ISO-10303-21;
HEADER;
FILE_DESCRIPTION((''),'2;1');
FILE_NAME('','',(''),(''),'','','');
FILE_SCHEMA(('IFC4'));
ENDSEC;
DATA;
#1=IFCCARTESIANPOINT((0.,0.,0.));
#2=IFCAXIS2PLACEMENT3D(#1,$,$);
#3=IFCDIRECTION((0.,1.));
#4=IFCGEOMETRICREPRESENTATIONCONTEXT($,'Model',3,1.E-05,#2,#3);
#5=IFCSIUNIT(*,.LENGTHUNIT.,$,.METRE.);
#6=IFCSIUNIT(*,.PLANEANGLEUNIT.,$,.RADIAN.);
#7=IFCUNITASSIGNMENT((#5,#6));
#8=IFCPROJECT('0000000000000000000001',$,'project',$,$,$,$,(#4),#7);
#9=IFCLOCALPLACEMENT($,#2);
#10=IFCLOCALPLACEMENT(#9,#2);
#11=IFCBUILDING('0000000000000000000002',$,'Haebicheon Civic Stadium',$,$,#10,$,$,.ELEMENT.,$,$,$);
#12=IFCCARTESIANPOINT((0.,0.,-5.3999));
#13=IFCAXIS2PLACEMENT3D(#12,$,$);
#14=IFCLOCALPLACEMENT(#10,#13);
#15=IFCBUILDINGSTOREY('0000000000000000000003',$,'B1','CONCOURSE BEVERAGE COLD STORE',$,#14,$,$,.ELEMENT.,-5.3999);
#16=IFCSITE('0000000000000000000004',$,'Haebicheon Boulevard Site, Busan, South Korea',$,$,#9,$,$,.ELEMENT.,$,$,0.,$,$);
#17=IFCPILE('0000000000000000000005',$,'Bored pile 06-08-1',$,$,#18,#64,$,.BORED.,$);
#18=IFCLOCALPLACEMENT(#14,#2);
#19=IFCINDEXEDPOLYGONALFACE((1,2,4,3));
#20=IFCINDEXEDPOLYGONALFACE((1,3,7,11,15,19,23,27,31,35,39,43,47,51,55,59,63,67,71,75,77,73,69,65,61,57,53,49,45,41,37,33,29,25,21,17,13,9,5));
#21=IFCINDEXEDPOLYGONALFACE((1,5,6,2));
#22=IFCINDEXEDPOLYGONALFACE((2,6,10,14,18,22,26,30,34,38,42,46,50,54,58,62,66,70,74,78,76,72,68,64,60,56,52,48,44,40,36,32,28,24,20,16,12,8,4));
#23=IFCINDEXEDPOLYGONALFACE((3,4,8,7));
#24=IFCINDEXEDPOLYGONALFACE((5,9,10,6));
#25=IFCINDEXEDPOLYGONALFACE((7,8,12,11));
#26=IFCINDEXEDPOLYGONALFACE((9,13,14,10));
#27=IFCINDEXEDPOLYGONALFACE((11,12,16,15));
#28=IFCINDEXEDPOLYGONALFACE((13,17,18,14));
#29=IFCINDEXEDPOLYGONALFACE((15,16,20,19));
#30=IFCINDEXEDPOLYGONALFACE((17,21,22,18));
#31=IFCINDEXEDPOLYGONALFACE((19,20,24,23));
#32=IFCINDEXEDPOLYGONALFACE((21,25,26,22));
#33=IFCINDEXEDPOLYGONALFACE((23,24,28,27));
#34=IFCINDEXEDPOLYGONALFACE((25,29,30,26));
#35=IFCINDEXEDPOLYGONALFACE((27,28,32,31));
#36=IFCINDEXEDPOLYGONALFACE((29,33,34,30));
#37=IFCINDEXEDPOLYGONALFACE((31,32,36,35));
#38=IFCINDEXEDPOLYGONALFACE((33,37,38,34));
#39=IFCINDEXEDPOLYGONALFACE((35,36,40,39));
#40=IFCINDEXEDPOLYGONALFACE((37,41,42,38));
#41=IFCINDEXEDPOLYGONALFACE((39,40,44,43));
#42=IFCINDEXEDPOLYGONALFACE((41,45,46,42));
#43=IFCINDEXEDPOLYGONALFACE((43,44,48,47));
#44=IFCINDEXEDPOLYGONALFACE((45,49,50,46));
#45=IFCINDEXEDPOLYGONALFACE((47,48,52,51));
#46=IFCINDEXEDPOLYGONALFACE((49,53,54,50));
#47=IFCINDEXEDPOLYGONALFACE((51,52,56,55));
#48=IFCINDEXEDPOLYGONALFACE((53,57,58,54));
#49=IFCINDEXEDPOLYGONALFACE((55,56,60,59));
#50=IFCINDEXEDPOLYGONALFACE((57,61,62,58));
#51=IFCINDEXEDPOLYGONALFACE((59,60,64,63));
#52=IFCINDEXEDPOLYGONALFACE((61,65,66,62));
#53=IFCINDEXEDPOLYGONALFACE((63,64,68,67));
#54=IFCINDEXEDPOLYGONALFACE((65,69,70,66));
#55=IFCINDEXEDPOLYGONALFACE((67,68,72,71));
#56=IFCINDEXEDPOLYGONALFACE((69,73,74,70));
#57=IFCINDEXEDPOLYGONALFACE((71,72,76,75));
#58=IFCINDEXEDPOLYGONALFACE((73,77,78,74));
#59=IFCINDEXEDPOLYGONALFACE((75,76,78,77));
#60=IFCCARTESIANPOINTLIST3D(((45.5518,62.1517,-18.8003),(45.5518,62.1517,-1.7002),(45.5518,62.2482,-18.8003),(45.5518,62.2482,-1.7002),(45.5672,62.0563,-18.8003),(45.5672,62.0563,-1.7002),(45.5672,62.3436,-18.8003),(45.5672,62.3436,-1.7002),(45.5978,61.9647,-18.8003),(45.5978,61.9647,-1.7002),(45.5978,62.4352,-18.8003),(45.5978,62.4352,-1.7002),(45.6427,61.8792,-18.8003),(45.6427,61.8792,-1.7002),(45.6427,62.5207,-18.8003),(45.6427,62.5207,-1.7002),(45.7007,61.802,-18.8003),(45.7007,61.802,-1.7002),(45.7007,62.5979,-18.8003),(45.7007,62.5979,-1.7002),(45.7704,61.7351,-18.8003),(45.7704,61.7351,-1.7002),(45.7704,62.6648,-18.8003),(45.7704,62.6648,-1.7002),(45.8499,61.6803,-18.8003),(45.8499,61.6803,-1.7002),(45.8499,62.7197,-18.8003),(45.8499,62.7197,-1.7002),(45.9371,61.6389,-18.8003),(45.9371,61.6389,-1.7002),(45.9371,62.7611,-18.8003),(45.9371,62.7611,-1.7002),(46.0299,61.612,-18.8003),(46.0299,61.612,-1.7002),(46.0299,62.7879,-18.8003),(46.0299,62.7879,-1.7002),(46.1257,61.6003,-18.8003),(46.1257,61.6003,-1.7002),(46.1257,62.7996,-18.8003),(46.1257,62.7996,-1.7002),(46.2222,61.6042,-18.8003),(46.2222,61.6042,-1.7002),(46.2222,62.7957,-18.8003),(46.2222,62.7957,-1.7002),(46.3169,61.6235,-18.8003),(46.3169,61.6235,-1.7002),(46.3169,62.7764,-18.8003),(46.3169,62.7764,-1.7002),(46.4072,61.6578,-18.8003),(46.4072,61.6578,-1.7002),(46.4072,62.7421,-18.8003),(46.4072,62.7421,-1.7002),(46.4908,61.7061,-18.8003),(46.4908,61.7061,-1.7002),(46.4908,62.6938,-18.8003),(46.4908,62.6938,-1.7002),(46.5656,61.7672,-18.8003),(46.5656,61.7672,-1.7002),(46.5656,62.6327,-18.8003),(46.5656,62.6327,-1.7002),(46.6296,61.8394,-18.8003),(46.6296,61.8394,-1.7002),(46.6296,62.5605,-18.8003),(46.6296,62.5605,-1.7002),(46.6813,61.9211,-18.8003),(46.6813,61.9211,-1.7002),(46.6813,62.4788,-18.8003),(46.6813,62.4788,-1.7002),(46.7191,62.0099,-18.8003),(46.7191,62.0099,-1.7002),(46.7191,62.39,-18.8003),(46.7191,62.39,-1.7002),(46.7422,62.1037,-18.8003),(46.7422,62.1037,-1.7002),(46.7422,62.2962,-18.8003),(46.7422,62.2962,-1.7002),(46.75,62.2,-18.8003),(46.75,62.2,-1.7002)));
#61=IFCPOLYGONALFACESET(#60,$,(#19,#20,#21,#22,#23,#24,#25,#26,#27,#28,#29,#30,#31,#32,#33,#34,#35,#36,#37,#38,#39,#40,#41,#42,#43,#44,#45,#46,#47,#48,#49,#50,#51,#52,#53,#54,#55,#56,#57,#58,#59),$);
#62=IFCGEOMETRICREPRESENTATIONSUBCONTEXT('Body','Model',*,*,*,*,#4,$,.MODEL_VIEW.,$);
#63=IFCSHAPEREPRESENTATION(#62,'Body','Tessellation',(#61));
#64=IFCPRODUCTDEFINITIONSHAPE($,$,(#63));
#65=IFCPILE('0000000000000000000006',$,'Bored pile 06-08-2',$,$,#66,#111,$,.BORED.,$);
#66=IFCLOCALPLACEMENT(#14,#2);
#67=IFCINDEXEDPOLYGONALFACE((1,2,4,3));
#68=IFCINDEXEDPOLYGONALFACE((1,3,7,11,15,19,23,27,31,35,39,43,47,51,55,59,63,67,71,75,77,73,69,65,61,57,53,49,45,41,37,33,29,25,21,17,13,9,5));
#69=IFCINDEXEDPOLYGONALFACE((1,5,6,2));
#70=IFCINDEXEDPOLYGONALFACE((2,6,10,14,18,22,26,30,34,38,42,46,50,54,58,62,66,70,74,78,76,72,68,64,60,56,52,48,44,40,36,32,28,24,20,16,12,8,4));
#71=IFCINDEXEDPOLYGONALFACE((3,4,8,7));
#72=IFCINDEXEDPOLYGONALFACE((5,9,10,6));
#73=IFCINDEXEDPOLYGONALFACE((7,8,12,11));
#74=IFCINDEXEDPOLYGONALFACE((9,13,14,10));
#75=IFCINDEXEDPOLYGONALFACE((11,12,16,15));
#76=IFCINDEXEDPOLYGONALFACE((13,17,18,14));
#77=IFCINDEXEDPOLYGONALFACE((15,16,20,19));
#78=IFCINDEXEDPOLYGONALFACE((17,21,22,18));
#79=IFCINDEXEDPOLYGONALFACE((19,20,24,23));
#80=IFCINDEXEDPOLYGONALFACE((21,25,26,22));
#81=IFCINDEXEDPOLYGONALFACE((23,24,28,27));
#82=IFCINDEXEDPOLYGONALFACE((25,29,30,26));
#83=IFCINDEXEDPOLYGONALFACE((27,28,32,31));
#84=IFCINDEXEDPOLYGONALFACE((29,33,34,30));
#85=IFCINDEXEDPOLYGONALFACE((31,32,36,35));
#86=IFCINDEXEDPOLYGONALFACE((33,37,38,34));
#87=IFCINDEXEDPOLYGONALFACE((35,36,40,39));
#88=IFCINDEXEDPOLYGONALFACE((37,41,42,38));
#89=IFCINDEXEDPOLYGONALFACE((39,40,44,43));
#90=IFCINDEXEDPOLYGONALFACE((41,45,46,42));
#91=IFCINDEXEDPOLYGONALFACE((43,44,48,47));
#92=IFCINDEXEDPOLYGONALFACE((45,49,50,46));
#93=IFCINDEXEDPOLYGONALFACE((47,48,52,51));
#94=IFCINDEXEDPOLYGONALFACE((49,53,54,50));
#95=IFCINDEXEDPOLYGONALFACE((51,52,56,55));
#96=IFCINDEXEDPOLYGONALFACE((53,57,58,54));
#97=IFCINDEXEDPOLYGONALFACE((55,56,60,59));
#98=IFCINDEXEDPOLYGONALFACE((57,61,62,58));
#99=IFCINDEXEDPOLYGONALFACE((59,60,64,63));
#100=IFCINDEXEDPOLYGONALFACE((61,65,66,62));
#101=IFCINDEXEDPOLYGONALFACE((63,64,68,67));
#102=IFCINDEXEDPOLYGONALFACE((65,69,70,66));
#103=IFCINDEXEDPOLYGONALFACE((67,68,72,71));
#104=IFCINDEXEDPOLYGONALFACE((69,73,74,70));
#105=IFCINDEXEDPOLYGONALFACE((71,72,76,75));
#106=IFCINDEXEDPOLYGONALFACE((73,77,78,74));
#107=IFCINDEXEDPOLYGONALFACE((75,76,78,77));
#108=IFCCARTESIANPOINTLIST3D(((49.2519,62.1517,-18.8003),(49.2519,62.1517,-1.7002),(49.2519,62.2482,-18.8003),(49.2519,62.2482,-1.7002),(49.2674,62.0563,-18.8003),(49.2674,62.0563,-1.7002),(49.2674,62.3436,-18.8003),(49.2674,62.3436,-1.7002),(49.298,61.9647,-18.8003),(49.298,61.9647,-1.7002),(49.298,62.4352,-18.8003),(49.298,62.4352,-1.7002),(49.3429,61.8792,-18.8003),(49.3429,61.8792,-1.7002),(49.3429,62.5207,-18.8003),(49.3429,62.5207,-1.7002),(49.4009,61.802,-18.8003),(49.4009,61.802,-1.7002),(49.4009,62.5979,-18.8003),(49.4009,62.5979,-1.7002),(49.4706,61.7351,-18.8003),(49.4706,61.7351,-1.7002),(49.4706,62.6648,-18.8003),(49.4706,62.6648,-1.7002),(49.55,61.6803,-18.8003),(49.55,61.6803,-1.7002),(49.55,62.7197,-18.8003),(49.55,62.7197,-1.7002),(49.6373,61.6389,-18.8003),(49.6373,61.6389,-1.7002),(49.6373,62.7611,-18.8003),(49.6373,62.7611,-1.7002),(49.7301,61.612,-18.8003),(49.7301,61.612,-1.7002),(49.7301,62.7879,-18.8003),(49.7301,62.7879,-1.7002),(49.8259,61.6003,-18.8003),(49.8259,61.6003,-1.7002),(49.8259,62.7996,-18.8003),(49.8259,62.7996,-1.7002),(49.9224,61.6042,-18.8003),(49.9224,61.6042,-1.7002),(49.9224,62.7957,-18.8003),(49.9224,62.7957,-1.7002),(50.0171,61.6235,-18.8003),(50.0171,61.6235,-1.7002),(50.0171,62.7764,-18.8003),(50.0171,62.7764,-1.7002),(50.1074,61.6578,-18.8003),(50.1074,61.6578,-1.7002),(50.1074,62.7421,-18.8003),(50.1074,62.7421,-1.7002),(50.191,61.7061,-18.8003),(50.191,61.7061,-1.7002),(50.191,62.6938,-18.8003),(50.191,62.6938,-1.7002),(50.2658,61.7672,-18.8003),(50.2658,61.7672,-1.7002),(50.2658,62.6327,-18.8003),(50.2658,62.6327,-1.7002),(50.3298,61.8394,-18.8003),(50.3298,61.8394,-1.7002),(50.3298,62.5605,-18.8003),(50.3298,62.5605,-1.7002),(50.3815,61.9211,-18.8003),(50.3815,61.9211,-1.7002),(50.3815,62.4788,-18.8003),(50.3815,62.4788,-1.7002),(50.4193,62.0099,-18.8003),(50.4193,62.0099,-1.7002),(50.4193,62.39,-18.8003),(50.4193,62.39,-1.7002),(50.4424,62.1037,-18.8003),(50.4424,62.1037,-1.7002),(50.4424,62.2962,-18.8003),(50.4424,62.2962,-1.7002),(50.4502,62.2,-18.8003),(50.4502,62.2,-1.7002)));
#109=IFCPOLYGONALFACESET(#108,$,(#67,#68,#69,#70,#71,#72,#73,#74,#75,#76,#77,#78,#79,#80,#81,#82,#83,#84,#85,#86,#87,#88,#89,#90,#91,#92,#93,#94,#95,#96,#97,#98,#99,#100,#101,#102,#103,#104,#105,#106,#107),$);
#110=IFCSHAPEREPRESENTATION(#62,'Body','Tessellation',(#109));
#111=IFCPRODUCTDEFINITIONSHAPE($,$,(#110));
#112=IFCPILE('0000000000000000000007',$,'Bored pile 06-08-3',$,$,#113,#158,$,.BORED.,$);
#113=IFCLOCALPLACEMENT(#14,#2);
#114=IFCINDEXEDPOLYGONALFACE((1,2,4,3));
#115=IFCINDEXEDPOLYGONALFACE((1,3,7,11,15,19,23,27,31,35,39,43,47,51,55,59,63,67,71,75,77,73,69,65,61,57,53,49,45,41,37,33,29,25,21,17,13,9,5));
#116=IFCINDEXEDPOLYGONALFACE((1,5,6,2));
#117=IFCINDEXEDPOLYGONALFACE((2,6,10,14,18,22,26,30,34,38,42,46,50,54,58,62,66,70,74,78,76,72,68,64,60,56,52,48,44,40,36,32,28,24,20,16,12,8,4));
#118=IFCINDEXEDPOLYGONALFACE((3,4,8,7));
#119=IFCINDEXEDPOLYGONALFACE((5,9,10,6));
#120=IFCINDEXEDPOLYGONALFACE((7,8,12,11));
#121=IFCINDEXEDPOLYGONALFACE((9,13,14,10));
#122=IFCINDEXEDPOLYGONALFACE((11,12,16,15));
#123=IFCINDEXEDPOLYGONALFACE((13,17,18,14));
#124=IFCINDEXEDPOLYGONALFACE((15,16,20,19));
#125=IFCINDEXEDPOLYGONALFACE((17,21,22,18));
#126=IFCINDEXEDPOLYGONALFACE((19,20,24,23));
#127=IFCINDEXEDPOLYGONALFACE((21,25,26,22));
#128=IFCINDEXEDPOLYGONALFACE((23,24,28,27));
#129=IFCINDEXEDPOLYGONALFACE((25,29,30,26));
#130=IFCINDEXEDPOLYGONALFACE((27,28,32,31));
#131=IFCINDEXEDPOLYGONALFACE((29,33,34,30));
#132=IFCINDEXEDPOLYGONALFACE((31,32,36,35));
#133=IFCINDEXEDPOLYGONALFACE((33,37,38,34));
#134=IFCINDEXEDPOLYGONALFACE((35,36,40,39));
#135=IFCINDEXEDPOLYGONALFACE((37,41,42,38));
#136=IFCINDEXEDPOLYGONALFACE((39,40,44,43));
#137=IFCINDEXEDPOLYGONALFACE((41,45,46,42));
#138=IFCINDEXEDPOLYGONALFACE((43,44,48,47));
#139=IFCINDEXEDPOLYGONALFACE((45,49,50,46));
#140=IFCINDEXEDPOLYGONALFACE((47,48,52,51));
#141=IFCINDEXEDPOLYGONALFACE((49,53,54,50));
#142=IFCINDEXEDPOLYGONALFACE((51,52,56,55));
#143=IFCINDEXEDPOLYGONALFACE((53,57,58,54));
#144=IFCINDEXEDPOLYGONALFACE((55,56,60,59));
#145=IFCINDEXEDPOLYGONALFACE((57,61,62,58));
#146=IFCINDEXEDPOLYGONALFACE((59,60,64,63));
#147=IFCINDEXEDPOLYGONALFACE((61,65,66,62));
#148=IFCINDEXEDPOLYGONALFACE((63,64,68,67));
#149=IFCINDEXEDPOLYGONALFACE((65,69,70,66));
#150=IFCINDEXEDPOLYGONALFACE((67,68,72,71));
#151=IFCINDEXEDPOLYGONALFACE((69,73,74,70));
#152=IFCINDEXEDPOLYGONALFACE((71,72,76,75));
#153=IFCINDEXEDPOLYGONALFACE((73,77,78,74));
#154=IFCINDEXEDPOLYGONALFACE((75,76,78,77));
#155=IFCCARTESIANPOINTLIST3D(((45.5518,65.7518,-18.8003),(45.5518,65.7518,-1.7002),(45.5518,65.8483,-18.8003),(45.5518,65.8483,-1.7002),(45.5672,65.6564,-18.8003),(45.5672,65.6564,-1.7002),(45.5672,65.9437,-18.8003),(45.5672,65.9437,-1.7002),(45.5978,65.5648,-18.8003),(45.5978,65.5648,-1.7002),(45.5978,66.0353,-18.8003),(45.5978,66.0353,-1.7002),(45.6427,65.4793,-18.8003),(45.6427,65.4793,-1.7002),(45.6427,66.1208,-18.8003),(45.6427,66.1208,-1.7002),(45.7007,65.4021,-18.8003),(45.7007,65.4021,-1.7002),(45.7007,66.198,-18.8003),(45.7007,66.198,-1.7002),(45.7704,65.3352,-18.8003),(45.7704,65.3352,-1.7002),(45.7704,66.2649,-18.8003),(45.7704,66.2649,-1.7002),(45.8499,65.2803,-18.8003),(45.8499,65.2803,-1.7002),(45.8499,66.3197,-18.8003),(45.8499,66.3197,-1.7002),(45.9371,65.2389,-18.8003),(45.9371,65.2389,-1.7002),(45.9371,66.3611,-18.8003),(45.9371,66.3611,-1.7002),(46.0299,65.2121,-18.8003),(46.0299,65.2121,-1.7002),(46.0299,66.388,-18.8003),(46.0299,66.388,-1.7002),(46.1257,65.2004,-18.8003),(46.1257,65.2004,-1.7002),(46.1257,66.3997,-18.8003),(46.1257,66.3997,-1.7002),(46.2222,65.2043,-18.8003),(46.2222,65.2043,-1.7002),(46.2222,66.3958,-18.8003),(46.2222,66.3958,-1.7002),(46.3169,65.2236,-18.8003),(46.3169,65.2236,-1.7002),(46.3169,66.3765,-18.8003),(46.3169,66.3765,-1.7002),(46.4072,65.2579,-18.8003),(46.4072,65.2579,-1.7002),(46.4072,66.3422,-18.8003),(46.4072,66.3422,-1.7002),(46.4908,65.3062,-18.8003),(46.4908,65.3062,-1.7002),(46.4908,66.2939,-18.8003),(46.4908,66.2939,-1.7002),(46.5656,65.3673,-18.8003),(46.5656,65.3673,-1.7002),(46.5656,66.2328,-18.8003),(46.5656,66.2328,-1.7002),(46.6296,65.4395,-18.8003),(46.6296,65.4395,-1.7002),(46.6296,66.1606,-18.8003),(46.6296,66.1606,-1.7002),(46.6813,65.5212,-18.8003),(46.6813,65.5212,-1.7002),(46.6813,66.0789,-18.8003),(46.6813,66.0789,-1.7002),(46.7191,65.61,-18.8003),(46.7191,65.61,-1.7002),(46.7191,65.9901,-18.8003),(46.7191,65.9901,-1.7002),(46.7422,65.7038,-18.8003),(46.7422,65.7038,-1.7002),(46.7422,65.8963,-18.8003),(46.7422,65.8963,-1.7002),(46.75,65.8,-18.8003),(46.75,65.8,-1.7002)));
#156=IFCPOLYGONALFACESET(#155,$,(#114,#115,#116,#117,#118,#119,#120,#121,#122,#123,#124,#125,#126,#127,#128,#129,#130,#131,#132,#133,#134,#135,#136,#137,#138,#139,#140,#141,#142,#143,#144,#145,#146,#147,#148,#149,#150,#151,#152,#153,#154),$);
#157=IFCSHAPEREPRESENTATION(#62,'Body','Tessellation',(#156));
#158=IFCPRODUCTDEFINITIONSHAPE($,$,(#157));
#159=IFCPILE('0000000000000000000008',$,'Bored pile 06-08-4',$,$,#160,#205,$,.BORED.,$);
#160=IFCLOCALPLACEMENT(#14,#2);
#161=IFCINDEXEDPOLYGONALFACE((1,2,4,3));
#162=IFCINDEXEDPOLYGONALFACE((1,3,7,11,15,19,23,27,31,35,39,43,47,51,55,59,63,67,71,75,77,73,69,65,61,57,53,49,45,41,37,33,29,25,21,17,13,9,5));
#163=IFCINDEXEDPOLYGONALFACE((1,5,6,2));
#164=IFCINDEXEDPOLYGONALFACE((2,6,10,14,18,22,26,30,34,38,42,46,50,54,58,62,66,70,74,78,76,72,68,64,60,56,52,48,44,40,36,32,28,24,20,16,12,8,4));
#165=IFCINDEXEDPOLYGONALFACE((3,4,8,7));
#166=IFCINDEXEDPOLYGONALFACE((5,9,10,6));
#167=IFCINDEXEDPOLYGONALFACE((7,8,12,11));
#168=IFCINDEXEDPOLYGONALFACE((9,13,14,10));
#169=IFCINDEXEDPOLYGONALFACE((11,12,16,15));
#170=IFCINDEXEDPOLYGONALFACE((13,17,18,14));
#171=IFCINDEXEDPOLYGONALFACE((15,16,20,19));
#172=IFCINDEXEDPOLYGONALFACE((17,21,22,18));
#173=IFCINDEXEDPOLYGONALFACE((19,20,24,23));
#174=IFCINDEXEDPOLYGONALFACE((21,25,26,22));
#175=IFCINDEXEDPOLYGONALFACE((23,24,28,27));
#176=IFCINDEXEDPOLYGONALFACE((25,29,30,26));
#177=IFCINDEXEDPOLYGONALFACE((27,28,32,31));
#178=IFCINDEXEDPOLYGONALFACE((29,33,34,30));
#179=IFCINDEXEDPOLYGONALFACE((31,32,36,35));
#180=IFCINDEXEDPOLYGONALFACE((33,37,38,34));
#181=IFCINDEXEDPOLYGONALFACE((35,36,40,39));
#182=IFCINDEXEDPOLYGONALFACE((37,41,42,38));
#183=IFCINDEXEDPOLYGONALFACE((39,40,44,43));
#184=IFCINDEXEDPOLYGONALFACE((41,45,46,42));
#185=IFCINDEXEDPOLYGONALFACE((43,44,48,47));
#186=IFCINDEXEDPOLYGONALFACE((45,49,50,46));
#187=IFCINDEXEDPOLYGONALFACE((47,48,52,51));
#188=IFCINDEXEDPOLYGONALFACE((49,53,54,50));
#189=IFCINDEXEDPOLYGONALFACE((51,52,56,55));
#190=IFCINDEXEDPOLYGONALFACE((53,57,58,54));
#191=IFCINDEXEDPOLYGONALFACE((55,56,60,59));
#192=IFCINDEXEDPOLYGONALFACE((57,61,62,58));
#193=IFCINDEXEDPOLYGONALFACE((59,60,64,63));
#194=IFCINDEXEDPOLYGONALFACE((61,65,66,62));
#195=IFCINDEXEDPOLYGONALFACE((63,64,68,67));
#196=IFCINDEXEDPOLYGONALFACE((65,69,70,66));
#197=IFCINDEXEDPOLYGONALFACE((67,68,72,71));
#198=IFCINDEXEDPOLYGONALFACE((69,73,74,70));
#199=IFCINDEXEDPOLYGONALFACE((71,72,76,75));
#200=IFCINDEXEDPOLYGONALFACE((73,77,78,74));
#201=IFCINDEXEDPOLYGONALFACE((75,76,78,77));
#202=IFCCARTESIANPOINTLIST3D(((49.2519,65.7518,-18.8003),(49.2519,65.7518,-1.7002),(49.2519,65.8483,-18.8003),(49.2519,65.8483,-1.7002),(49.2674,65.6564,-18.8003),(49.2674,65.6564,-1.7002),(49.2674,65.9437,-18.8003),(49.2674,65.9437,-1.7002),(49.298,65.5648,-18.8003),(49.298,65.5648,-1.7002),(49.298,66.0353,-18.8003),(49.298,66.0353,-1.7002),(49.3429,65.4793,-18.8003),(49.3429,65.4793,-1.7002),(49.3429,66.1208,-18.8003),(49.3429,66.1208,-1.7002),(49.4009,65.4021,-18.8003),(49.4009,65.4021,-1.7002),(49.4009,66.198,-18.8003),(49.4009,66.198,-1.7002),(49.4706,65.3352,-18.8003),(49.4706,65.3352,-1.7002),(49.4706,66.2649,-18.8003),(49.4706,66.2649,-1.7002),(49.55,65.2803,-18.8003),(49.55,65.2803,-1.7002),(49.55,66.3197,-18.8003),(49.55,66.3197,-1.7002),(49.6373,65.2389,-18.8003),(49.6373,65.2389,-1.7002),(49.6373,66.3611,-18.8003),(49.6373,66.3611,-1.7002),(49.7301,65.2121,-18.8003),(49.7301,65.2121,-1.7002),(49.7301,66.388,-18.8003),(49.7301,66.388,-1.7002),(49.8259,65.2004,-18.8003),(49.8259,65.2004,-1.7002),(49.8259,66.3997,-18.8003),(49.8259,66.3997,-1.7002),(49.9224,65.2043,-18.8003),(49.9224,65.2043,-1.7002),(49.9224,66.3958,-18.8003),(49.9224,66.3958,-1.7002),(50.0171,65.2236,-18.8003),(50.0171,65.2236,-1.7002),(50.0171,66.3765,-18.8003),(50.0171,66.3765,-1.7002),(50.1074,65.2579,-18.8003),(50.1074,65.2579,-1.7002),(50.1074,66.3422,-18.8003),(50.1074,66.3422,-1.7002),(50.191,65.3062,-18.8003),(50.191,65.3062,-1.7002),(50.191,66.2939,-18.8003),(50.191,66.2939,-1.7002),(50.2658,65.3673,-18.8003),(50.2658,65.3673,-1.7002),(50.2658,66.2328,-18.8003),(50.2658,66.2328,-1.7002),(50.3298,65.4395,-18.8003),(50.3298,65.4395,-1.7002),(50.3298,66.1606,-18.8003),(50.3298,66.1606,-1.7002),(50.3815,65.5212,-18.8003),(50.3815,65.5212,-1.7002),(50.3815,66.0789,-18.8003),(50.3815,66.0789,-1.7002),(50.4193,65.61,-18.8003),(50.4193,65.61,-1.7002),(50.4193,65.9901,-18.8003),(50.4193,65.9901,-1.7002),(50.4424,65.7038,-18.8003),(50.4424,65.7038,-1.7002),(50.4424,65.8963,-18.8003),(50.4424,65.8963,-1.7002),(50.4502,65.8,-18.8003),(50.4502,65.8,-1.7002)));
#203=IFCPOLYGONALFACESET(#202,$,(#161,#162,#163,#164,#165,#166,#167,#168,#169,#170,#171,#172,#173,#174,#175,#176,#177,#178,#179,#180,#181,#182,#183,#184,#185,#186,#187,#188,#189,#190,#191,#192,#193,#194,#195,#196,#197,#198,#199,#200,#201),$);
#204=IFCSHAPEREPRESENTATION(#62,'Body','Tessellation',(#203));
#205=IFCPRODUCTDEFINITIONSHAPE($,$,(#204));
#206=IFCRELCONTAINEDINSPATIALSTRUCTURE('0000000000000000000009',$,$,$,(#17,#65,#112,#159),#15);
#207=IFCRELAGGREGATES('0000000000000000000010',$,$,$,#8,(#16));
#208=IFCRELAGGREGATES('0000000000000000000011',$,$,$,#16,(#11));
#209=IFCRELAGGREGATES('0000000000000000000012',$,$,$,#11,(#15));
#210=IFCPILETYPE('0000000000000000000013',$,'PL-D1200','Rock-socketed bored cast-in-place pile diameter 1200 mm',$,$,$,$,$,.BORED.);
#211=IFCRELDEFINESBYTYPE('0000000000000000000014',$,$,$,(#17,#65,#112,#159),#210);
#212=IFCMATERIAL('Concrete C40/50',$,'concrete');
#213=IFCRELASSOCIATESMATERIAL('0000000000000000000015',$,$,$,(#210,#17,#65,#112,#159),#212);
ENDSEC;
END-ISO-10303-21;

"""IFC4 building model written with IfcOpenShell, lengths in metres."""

from ifc_helpers import new_model, si_unit, direction, frame, origin, origin_2d, place, context, subcontext, project, spatial, circle, extrude, material, material_profile, profile_set, type_object, element, save


model = new_model("IFC4")

# Units and contexts
model_context = context("Model", 3, precision=1e-05, world=origin(), true_north=direction((0.0, 1.0)))
body_context = subcontext(model_context, "Body", "Model", "MODEL_VIEW")
ifc_project = project(units=[si_unit("LENGTHUNIT", "METRE"), si_unit("PLANEANGLEUNIT", "RADIAN")], contexts=[model_context])

# Site, building, storey
site_placement = place(None, origin())
site = spatial("IfcSite", under=ifc_project, at=site_placement, Name="Haebicheon Boulevard Site, Busan, South Korea", CompositionType="ELEMENT", RefElevation=0.0)
building_placement = place(site_placement, origin())
building = spatial("IfcBuilding", under=site, at=building_placement, Name="Haebicheon Civic Stadium", CompositionType="ELEMENT")
storey_placement = place(building_placement, frame((0.0, 0.0, -5.3999)))
storey = spatial("IfcBuildingStorey", under=building, at=storey_placement, Name="B1", Description="CONCOURSE BEVERAGE COLD STORE", CompositionType="ELEMENT", Elevation=-5.3999)

# Piles
ifc_material_1 = material(Name="Concrete C40/50", Category="concrete")
ifc_material_profile_1 = material_profile(ifc_material_1, circle(Radius=0.6001, at=origin_2d()), Name="PILE-D1200")
ifc_profile_set_1 = profile_set([ifc_material_profile_1], Name="Concrete C40/50")
pile_type = type_object("IfcPileType", Name="PL-D1200", Description="Rock-socketed bored cast-in-place pile diameter 1200 mm", PredefinedType="BORED", material=ifc_profile_set_1)
for number, where, z_axis, x_axis, name in (
    (1, (46.1499, 62.2, -1.7002), (0.0, 0.0, -1.0), (1.0, 0.0, 0.0), "Bored pile 06-08-1"),
    (2, (49.8501, 62.2, -1.7002), (0.0, 0.0, -1.0), (1.0, 0.0, 0.0), "Bored pile 06-08-2"),
    (3, (46.1499, 65.8, -1.7002), (0.0, 0.0, -1.0), (1.0, 0.0, 0.0), "Bored pile 06-08-3"),
    (4, (49.8501, 65.8, -1.7002), (0.0, 0.0, -1.0), (1.0, 0.0, 0.0), "Bored pile 06-08-4"),
):
    element("IfcPile", number, at=place(storey_placement, frame(where, z_axis=z_axis, x_axis=x_axis)), inside=storey, type_object=pile_type, material=ifc_profile_set_1, Name=name, PredefinedType="BORED", context=body_context, shape_type="SweptSolid", body=[
        extrude(circle(Radius=0.6001, at=origin_2d()), origin(), (0.0, 0.0, 1.0), 17.1001),
    ])

save(model, "model.ifc")
